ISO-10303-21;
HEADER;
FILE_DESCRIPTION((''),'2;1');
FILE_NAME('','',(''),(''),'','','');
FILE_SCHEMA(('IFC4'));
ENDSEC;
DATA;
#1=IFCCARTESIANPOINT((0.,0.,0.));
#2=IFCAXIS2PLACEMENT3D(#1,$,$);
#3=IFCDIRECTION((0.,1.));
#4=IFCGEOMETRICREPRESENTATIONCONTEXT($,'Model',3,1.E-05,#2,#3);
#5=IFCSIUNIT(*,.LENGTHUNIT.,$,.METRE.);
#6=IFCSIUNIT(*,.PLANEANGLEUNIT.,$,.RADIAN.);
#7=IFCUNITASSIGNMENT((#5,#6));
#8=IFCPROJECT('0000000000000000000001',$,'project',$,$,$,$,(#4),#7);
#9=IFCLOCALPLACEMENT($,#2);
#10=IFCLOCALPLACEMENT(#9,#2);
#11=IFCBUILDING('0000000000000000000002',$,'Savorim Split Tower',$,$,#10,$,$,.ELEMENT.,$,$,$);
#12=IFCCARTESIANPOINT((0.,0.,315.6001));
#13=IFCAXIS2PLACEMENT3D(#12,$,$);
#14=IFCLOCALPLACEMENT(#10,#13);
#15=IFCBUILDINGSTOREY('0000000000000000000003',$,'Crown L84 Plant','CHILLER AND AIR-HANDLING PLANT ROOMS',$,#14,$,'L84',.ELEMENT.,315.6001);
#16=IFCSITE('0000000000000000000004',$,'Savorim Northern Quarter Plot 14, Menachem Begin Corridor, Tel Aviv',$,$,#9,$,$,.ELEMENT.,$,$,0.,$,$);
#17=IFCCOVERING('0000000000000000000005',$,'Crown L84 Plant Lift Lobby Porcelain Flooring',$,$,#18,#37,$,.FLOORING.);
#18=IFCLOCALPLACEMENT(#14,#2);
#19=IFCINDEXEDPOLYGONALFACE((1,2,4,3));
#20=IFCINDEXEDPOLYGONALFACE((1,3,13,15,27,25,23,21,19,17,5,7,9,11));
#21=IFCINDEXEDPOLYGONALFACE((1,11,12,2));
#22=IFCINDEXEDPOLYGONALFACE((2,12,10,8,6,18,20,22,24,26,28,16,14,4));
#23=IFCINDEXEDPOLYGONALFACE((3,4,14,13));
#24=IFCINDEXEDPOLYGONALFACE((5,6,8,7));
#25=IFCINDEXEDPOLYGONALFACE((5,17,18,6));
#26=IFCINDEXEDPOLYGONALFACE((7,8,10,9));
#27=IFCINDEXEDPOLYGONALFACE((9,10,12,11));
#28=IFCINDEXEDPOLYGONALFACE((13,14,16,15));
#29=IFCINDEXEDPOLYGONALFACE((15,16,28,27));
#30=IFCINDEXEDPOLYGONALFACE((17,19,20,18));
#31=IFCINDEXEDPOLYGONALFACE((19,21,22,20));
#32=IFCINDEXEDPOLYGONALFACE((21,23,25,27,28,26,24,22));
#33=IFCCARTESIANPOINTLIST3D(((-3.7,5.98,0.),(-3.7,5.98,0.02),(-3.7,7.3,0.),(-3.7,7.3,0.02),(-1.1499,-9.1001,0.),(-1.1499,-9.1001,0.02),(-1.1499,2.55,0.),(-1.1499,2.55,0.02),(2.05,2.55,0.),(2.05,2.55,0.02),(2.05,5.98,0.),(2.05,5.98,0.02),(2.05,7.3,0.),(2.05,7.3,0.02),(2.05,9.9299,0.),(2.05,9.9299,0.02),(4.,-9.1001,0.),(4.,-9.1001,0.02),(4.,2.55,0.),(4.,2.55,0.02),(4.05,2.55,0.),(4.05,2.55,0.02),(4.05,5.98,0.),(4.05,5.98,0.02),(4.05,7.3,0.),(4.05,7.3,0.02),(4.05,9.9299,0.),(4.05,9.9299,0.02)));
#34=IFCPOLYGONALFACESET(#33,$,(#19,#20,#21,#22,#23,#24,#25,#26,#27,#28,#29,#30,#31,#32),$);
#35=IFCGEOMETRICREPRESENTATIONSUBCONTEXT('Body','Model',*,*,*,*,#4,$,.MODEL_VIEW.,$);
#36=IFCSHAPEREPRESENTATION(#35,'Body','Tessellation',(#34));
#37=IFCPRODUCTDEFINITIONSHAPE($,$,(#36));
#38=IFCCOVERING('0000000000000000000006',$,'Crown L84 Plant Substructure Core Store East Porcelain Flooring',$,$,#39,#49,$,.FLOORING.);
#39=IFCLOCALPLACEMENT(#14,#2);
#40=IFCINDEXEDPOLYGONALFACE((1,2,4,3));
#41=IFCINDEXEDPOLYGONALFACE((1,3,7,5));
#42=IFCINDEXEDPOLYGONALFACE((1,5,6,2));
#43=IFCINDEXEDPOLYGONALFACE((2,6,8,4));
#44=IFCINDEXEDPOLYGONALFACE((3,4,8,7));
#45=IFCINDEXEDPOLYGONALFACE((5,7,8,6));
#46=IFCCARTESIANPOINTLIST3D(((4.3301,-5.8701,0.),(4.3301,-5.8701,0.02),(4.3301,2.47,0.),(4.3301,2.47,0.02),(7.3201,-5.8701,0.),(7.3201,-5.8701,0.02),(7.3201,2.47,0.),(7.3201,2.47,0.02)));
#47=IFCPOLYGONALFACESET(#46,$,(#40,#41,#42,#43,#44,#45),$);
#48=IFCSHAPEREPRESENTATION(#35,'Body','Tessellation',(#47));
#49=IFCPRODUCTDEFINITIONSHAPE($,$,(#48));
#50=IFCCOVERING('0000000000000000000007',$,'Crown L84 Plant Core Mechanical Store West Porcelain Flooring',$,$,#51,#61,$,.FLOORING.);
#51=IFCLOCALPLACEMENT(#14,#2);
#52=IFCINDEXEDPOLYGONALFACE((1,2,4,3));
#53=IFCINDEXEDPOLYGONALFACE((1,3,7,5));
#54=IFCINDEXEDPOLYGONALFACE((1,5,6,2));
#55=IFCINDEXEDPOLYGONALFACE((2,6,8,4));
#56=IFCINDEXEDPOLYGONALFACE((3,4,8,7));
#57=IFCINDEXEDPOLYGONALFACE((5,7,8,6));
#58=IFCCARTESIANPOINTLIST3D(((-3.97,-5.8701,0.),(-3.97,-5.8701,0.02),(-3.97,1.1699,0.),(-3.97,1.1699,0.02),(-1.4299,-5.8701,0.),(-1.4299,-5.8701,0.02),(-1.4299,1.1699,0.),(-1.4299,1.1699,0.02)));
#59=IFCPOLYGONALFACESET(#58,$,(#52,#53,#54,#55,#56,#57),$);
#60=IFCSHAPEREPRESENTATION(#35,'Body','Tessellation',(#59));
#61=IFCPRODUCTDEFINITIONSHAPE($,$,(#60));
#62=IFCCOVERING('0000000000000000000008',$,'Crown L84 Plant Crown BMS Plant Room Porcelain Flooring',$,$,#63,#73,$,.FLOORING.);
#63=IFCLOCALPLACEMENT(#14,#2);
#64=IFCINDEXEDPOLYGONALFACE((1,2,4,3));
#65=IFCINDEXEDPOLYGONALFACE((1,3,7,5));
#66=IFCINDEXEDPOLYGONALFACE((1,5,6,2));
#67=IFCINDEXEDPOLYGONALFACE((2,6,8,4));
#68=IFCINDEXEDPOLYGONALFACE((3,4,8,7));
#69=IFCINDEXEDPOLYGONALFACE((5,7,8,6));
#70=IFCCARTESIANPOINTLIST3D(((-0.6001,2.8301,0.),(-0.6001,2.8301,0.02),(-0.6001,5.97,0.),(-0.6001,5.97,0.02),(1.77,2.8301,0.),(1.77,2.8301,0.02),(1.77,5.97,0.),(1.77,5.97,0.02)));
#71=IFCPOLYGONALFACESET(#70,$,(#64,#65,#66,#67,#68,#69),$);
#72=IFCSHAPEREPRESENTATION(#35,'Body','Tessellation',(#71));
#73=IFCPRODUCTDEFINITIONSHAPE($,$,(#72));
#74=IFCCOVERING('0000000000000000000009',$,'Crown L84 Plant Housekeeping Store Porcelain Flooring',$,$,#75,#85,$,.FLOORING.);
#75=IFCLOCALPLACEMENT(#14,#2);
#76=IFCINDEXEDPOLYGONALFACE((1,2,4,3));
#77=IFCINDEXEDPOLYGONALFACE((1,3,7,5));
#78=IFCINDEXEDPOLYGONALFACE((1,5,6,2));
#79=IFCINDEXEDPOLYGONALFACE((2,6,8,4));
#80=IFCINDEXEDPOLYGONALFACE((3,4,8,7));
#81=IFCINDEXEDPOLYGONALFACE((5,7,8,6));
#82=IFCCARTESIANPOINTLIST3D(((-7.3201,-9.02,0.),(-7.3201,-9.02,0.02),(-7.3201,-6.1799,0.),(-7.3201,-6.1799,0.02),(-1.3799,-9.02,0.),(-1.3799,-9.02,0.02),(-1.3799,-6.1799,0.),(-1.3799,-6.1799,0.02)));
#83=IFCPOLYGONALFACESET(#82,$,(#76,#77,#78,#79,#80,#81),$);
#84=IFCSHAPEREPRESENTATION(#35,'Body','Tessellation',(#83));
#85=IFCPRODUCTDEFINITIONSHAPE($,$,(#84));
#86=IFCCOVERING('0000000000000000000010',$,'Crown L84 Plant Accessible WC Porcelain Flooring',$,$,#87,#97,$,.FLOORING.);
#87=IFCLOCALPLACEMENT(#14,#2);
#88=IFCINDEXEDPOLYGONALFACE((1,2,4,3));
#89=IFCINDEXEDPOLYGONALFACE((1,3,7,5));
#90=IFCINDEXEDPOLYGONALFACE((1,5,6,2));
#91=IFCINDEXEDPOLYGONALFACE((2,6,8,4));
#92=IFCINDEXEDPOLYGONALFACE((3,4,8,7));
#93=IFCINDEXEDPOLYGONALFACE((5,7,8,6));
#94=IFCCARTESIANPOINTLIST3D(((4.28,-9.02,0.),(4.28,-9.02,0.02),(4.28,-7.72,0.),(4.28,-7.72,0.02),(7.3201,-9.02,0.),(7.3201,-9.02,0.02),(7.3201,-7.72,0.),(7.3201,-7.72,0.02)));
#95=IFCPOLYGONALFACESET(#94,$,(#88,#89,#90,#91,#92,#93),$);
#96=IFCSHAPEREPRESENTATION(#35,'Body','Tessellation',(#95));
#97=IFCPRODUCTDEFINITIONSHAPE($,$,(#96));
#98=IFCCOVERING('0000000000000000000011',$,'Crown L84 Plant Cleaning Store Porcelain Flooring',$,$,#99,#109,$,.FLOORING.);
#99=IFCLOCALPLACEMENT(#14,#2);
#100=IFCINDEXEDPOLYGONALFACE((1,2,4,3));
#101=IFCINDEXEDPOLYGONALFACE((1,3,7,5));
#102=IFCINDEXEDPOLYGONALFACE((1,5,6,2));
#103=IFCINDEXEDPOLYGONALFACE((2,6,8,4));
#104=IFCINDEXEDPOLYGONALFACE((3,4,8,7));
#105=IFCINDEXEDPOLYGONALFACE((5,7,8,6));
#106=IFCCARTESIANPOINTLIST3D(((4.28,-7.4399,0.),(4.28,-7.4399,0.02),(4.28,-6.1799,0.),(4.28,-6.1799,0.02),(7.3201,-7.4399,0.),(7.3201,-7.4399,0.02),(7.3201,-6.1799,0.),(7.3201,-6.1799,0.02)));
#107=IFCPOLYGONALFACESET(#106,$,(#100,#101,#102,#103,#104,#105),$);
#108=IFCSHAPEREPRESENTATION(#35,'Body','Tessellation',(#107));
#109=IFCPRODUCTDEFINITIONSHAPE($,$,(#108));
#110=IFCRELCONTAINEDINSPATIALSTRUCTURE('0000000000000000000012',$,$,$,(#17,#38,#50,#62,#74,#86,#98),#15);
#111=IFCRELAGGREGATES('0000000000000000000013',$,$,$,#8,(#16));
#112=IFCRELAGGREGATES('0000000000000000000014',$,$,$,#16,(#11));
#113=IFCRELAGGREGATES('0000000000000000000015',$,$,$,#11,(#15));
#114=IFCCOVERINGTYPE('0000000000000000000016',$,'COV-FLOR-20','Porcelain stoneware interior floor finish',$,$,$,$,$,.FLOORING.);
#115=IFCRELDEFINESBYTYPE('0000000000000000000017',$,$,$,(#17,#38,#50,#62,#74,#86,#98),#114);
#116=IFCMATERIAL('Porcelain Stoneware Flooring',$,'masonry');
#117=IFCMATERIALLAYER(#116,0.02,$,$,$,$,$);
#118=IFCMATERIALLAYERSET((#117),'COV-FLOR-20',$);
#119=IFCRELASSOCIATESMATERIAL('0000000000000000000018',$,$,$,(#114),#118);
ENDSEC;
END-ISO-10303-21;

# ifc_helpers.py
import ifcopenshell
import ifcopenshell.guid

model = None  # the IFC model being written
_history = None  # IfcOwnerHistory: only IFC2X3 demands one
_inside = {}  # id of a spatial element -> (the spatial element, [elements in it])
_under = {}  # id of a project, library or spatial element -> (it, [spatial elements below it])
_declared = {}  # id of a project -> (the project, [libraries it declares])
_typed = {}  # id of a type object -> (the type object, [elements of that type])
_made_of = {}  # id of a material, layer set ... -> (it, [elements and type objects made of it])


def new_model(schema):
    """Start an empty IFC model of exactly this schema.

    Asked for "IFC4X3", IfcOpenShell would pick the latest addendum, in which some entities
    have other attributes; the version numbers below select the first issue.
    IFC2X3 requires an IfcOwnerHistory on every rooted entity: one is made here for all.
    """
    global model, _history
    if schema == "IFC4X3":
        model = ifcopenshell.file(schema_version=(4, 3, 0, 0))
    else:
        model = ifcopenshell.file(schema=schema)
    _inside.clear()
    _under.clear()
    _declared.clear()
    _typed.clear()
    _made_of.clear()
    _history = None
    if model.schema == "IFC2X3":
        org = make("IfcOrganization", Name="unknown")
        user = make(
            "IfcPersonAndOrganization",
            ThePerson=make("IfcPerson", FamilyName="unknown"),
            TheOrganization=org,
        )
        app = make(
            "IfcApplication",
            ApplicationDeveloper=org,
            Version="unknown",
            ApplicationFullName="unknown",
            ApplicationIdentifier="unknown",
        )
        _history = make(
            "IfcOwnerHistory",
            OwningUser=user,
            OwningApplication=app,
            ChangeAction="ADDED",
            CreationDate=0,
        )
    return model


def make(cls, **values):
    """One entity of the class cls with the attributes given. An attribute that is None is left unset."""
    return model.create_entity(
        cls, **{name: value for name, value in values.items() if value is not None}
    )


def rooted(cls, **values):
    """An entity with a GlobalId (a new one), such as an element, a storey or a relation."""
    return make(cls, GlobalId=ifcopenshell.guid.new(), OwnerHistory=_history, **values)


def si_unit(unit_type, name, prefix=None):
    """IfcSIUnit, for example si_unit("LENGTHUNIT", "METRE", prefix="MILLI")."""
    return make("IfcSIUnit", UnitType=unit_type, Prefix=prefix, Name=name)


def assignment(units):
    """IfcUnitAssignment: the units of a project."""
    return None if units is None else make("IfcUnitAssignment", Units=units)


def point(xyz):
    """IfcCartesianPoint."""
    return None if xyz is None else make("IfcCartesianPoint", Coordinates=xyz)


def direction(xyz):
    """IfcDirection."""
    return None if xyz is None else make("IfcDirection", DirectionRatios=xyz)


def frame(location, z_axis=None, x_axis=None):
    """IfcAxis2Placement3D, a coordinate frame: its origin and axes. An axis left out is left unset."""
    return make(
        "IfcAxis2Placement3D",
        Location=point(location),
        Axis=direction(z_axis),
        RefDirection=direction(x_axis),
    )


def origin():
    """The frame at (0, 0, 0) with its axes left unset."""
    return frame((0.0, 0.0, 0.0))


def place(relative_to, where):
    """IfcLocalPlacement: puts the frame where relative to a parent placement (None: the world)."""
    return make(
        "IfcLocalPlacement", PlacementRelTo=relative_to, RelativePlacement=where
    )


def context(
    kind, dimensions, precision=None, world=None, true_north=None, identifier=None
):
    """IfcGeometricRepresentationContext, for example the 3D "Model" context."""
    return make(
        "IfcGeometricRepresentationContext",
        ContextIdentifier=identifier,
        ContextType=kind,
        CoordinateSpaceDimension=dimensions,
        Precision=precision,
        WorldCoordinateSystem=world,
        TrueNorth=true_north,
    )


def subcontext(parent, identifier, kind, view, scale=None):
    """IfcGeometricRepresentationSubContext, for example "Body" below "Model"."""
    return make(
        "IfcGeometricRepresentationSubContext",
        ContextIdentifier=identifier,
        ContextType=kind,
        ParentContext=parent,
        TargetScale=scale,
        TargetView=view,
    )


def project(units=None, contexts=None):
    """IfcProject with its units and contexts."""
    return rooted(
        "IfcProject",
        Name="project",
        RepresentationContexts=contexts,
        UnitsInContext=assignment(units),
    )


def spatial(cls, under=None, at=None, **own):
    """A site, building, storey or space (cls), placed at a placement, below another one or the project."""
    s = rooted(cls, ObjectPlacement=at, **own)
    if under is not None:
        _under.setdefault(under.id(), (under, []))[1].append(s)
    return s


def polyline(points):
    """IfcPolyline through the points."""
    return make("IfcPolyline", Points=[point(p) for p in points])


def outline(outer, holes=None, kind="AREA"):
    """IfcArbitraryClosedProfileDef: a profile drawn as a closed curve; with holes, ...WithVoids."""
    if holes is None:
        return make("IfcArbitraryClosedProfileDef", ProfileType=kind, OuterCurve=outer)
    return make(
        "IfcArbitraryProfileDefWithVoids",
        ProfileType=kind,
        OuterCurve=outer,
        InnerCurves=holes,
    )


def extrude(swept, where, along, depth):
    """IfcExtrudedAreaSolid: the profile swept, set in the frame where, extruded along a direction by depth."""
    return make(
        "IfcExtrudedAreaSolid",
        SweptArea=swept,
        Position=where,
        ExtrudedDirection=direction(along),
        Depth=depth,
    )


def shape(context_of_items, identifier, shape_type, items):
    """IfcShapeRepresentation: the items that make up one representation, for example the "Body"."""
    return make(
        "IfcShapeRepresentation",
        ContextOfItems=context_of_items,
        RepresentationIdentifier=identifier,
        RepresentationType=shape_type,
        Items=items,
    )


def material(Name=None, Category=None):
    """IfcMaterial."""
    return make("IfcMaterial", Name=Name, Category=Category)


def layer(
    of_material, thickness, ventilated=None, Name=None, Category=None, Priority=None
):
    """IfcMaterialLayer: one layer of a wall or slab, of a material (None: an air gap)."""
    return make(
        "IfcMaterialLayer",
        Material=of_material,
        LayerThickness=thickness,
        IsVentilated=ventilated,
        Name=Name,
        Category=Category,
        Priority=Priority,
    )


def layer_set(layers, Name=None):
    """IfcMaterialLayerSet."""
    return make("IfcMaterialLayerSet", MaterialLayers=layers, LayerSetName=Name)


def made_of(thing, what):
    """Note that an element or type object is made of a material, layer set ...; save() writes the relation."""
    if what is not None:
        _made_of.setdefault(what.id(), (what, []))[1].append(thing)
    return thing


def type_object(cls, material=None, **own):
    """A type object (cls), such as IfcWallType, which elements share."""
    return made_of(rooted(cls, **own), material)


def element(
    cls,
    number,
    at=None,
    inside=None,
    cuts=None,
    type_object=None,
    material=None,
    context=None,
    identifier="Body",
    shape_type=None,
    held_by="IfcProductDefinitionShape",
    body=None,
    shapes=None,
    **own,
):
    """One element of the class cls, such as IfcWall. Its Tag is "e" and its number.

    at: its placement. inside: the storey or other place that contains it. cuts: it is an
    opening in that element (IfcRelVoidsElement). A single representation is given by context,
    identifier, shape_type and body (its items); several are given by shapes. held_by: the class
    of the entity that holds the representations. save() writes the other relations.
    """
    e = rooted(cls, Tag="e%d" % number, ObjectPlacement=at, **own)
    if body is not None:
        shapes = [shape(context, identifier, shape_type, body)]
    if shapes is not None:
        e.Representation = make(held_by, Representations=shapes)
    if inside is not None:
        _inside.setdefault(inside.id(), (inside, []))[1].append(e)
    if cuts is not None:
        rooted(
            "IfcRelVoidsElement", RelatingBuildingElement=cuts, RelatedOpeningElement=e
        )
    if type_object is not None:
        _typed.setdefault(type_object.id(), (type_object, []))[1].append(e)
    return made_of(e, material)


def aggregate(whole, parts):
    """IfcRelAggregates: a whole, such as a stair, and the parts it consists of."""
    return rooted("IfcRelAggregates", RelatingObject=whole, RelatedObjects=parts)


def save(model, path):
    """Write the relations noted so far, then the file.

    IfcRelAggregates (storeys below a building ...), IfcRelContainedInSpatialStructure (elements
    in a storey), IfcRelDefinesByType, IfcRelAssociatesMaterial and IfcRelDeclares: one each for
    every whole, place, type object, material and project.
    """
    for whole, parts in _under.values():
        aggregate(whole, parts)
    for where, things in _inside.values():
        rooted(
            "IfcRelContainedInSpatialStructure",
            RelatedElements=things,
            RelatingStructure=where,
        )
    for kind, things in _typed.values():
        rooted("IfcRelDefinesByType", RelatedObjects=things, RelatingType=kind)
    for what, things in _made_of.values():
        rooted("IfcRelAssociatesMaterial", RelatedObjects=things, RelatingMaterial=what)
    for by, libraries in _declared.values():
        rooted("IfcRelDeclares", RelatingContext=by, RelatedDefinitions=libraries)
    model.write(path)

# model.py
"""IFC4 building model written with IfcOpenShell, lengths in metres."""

from ifc_helpers import new_model, si_unit, direction, frame, origin, place, context, subcontext, project, spatial, polyline, outline, extrude, material, layer, layer_set, type_object, element, save


model = new_model("IFC4")

# Units and contexts
model_context = context("Model", 3, precision=1e-05, world=origin(), true_north=direction((0.0, 1.0)))
body_context = subcontext(model_context, "Body", "Model", "MODEL_VIEW")
ifc_project = project(units=[si_unit("LENGTHUNIT", "METRE"), si_unit("PLANEANGLEUNIT", "RADIAN")], contexts=[model_context])

# Site, building, storey
site_placement = place(None, origin())
site = spatial("IfcSite", under=ifc_project, at=site_placement, Name="Savorim Northern Quarter Plot 14, Menachem Begin Corridor, Tel Aviv", CompositionType="ELEMENT", RefElevation=0.0)
building_placement = place(site_placement, origin())
building = spatial("IfcBuilding", under=site, at=building_placement, Name="Savorim Split Tower", CompositionType="ELEMENT")
storey_placement = place(building_placement, frame((0.0, 0.0, 315.6001)))
storey = spatial("IfcBuildingStorey", under=building, at=storey_placement, Name="Crown L84 Plant", Description="CHILLER AND AIR-HANDLING PLANT ROOMS", LongName="L84", CompositionType="ELEMENT", Elevation=315.6001)

# Coverings
ifc_material_1 = material(Name="Porcelain Stoneware Flooring", Category="masonry")
ifc_layer_1 = layer(ifc_material_1, 0.02)
ifc_layer_set_1 = layer_set([ifc_layer_1], Name="COV-FLOR-20")
covering_type_1 = type_object("IfcCoveringType", Name="COV-FLOR-20", Description="Porcelain stoneware interior floor finish", PredefinedType="FLOORING", material=ifc_layer_set_1)
covering_1_placement = place(storey_placement, origin())
element("IfcCovering", 1, at=covering_1_placement, inside=storey, type_object=covering_type_1, Name="Crown L84 Plant Lift Lobby Porcelain Flooring", PredefinedType="FLOORING", context=body_context, shape_type="SweptSolid", body=[
    extrude(outline(polyline([(2.05, 2.55), (-1.1499, 2.55), (-1.1499, -9.1001), (4.0, -9.1001), (4.0, 2.55), (4.05, 2.55), (4.05, 5.98), (4.05, 7.3), (4.05, 9.9299), (2.05, 9.9299), (2.05, 7.3), (-3.7, 7.3), (-3.7, 5.98), (2.05, 5.98), (2.05, 2.55)])), origin(), (0.0, 0.0, 1.0), 0.02),
])
covering_2_placement = place(storey_placement, origin())
element("IfcCovering", 2, at=covering_2_placement, inside=storey, type_object=covering_type_1, Name="Crown L84 Plant Substructure Core Store East Porcelain Flooring", PredefinedType="FLOORING", context=body_context, shape_type="SweptSolid", body=[
    extrude(outline(polyline([(4.3301, 2.47), (4.3301, -5.8701), (7.3201, -5.8701), (7.3201, 2.47), (4.3301, 2.47)])), origin(), (0.0, 0.0, 1.0), 0.02),
])
covering_3_placement = place(storey_placement, origin())
element("IfcCovering", 3, at=covering_3_placement, inside=storey, type_object=covering_type_1, Name="Crown L84 Plant Core Mechanical Store West Porcelain Flooring", PredefinedType="FLOORING", context=body_context, shape_type="SweptSolid", body=[
    extrude(outline(polyline([(-3.97, 1.1699), (-3.97, -5.8701), (-1.4299, -5.8701), (-1.4299, 1.1699), (-3.97, 1.1699)])), origin(), (0.0, 0.0, 1.0), 0.02),
])
covering_4_placement = place(storey_placement, origin())
element("IfcCovering", 4, at=covering_4_placement, inside=storey, type_object=covering_type_1, Name="Crown L84 Plant Crown BMS Plant Room Porcelain Flooring", PredefinedType="FLOORING", context=body_context, shape_type="SweptSolid", body=[
    extrude(outline(polyline([(1.77, 5.97), (-0.6001, 5.97), (-0.6001, 2.8301), (1.77, 2.8301), (1.77, 5.97)])), origin(), (0.0, 0.0, 1.0), 0.02),
])
covering_5_placement = place(storey_placement, origin())
element("IfcCovering", 5, at=covering_5_placement, inside=storey, type_object=covering_type_1, Name="Crown L84 Plant Housekeeping Store Porcelain Flooring", PredefinedType="FLOORING", context=body_context, shape_type="SweptSolid", body=[
    extrude(outline(polyline([(-7.3201, -6.1799), (-7.3201, -9.02), (-1.3799, -9.02), (-1.3799, -6.1799), (-7.3201, -6.1799)])), origin(), (0.0, 0.0, 1.0), 0.02),
])
covering_6_placement = place(storey_placement, origin())
element("IfcCovering", 6, at=covering_6_placement, inside=storey, type_object=covering_type_1, Name="Crown L84 Plant Accessible WC Porcelain Flooring", PredefinedType="FLOORING", context=body_context, shape_type="SweptSolid", body=[
    extrude(outline(polyline([(4.28, -7.72), (4.28, -9.02), (7.3201, -9.02), (7.3201, -7.72), (4.28, -7.72)])), origin(), (0.0, 0.0, 1.0), 0.02),
])
covering_7_placement = place(storey_placement, origin())
element("IfcCovering", 7, at=covering_7_placement, inside=storey, type_object=covering_type_1, Name="Crown L84 Plant Cleaning Store Porcelain Flooring", PredefinedType="FLOORING", context=body_context, shape_type="SweptSolid", body=[
    extrude(outline(polyline([(4.28, -6.1799), (4.28, -7.4399), (7.3201, -7.4399), (7.3201, -6.1799), (4.28, -6.1799)])), origin(), (0.0, 0.0, 1.0), 0.02),
])

save(model, "model.ifc")
